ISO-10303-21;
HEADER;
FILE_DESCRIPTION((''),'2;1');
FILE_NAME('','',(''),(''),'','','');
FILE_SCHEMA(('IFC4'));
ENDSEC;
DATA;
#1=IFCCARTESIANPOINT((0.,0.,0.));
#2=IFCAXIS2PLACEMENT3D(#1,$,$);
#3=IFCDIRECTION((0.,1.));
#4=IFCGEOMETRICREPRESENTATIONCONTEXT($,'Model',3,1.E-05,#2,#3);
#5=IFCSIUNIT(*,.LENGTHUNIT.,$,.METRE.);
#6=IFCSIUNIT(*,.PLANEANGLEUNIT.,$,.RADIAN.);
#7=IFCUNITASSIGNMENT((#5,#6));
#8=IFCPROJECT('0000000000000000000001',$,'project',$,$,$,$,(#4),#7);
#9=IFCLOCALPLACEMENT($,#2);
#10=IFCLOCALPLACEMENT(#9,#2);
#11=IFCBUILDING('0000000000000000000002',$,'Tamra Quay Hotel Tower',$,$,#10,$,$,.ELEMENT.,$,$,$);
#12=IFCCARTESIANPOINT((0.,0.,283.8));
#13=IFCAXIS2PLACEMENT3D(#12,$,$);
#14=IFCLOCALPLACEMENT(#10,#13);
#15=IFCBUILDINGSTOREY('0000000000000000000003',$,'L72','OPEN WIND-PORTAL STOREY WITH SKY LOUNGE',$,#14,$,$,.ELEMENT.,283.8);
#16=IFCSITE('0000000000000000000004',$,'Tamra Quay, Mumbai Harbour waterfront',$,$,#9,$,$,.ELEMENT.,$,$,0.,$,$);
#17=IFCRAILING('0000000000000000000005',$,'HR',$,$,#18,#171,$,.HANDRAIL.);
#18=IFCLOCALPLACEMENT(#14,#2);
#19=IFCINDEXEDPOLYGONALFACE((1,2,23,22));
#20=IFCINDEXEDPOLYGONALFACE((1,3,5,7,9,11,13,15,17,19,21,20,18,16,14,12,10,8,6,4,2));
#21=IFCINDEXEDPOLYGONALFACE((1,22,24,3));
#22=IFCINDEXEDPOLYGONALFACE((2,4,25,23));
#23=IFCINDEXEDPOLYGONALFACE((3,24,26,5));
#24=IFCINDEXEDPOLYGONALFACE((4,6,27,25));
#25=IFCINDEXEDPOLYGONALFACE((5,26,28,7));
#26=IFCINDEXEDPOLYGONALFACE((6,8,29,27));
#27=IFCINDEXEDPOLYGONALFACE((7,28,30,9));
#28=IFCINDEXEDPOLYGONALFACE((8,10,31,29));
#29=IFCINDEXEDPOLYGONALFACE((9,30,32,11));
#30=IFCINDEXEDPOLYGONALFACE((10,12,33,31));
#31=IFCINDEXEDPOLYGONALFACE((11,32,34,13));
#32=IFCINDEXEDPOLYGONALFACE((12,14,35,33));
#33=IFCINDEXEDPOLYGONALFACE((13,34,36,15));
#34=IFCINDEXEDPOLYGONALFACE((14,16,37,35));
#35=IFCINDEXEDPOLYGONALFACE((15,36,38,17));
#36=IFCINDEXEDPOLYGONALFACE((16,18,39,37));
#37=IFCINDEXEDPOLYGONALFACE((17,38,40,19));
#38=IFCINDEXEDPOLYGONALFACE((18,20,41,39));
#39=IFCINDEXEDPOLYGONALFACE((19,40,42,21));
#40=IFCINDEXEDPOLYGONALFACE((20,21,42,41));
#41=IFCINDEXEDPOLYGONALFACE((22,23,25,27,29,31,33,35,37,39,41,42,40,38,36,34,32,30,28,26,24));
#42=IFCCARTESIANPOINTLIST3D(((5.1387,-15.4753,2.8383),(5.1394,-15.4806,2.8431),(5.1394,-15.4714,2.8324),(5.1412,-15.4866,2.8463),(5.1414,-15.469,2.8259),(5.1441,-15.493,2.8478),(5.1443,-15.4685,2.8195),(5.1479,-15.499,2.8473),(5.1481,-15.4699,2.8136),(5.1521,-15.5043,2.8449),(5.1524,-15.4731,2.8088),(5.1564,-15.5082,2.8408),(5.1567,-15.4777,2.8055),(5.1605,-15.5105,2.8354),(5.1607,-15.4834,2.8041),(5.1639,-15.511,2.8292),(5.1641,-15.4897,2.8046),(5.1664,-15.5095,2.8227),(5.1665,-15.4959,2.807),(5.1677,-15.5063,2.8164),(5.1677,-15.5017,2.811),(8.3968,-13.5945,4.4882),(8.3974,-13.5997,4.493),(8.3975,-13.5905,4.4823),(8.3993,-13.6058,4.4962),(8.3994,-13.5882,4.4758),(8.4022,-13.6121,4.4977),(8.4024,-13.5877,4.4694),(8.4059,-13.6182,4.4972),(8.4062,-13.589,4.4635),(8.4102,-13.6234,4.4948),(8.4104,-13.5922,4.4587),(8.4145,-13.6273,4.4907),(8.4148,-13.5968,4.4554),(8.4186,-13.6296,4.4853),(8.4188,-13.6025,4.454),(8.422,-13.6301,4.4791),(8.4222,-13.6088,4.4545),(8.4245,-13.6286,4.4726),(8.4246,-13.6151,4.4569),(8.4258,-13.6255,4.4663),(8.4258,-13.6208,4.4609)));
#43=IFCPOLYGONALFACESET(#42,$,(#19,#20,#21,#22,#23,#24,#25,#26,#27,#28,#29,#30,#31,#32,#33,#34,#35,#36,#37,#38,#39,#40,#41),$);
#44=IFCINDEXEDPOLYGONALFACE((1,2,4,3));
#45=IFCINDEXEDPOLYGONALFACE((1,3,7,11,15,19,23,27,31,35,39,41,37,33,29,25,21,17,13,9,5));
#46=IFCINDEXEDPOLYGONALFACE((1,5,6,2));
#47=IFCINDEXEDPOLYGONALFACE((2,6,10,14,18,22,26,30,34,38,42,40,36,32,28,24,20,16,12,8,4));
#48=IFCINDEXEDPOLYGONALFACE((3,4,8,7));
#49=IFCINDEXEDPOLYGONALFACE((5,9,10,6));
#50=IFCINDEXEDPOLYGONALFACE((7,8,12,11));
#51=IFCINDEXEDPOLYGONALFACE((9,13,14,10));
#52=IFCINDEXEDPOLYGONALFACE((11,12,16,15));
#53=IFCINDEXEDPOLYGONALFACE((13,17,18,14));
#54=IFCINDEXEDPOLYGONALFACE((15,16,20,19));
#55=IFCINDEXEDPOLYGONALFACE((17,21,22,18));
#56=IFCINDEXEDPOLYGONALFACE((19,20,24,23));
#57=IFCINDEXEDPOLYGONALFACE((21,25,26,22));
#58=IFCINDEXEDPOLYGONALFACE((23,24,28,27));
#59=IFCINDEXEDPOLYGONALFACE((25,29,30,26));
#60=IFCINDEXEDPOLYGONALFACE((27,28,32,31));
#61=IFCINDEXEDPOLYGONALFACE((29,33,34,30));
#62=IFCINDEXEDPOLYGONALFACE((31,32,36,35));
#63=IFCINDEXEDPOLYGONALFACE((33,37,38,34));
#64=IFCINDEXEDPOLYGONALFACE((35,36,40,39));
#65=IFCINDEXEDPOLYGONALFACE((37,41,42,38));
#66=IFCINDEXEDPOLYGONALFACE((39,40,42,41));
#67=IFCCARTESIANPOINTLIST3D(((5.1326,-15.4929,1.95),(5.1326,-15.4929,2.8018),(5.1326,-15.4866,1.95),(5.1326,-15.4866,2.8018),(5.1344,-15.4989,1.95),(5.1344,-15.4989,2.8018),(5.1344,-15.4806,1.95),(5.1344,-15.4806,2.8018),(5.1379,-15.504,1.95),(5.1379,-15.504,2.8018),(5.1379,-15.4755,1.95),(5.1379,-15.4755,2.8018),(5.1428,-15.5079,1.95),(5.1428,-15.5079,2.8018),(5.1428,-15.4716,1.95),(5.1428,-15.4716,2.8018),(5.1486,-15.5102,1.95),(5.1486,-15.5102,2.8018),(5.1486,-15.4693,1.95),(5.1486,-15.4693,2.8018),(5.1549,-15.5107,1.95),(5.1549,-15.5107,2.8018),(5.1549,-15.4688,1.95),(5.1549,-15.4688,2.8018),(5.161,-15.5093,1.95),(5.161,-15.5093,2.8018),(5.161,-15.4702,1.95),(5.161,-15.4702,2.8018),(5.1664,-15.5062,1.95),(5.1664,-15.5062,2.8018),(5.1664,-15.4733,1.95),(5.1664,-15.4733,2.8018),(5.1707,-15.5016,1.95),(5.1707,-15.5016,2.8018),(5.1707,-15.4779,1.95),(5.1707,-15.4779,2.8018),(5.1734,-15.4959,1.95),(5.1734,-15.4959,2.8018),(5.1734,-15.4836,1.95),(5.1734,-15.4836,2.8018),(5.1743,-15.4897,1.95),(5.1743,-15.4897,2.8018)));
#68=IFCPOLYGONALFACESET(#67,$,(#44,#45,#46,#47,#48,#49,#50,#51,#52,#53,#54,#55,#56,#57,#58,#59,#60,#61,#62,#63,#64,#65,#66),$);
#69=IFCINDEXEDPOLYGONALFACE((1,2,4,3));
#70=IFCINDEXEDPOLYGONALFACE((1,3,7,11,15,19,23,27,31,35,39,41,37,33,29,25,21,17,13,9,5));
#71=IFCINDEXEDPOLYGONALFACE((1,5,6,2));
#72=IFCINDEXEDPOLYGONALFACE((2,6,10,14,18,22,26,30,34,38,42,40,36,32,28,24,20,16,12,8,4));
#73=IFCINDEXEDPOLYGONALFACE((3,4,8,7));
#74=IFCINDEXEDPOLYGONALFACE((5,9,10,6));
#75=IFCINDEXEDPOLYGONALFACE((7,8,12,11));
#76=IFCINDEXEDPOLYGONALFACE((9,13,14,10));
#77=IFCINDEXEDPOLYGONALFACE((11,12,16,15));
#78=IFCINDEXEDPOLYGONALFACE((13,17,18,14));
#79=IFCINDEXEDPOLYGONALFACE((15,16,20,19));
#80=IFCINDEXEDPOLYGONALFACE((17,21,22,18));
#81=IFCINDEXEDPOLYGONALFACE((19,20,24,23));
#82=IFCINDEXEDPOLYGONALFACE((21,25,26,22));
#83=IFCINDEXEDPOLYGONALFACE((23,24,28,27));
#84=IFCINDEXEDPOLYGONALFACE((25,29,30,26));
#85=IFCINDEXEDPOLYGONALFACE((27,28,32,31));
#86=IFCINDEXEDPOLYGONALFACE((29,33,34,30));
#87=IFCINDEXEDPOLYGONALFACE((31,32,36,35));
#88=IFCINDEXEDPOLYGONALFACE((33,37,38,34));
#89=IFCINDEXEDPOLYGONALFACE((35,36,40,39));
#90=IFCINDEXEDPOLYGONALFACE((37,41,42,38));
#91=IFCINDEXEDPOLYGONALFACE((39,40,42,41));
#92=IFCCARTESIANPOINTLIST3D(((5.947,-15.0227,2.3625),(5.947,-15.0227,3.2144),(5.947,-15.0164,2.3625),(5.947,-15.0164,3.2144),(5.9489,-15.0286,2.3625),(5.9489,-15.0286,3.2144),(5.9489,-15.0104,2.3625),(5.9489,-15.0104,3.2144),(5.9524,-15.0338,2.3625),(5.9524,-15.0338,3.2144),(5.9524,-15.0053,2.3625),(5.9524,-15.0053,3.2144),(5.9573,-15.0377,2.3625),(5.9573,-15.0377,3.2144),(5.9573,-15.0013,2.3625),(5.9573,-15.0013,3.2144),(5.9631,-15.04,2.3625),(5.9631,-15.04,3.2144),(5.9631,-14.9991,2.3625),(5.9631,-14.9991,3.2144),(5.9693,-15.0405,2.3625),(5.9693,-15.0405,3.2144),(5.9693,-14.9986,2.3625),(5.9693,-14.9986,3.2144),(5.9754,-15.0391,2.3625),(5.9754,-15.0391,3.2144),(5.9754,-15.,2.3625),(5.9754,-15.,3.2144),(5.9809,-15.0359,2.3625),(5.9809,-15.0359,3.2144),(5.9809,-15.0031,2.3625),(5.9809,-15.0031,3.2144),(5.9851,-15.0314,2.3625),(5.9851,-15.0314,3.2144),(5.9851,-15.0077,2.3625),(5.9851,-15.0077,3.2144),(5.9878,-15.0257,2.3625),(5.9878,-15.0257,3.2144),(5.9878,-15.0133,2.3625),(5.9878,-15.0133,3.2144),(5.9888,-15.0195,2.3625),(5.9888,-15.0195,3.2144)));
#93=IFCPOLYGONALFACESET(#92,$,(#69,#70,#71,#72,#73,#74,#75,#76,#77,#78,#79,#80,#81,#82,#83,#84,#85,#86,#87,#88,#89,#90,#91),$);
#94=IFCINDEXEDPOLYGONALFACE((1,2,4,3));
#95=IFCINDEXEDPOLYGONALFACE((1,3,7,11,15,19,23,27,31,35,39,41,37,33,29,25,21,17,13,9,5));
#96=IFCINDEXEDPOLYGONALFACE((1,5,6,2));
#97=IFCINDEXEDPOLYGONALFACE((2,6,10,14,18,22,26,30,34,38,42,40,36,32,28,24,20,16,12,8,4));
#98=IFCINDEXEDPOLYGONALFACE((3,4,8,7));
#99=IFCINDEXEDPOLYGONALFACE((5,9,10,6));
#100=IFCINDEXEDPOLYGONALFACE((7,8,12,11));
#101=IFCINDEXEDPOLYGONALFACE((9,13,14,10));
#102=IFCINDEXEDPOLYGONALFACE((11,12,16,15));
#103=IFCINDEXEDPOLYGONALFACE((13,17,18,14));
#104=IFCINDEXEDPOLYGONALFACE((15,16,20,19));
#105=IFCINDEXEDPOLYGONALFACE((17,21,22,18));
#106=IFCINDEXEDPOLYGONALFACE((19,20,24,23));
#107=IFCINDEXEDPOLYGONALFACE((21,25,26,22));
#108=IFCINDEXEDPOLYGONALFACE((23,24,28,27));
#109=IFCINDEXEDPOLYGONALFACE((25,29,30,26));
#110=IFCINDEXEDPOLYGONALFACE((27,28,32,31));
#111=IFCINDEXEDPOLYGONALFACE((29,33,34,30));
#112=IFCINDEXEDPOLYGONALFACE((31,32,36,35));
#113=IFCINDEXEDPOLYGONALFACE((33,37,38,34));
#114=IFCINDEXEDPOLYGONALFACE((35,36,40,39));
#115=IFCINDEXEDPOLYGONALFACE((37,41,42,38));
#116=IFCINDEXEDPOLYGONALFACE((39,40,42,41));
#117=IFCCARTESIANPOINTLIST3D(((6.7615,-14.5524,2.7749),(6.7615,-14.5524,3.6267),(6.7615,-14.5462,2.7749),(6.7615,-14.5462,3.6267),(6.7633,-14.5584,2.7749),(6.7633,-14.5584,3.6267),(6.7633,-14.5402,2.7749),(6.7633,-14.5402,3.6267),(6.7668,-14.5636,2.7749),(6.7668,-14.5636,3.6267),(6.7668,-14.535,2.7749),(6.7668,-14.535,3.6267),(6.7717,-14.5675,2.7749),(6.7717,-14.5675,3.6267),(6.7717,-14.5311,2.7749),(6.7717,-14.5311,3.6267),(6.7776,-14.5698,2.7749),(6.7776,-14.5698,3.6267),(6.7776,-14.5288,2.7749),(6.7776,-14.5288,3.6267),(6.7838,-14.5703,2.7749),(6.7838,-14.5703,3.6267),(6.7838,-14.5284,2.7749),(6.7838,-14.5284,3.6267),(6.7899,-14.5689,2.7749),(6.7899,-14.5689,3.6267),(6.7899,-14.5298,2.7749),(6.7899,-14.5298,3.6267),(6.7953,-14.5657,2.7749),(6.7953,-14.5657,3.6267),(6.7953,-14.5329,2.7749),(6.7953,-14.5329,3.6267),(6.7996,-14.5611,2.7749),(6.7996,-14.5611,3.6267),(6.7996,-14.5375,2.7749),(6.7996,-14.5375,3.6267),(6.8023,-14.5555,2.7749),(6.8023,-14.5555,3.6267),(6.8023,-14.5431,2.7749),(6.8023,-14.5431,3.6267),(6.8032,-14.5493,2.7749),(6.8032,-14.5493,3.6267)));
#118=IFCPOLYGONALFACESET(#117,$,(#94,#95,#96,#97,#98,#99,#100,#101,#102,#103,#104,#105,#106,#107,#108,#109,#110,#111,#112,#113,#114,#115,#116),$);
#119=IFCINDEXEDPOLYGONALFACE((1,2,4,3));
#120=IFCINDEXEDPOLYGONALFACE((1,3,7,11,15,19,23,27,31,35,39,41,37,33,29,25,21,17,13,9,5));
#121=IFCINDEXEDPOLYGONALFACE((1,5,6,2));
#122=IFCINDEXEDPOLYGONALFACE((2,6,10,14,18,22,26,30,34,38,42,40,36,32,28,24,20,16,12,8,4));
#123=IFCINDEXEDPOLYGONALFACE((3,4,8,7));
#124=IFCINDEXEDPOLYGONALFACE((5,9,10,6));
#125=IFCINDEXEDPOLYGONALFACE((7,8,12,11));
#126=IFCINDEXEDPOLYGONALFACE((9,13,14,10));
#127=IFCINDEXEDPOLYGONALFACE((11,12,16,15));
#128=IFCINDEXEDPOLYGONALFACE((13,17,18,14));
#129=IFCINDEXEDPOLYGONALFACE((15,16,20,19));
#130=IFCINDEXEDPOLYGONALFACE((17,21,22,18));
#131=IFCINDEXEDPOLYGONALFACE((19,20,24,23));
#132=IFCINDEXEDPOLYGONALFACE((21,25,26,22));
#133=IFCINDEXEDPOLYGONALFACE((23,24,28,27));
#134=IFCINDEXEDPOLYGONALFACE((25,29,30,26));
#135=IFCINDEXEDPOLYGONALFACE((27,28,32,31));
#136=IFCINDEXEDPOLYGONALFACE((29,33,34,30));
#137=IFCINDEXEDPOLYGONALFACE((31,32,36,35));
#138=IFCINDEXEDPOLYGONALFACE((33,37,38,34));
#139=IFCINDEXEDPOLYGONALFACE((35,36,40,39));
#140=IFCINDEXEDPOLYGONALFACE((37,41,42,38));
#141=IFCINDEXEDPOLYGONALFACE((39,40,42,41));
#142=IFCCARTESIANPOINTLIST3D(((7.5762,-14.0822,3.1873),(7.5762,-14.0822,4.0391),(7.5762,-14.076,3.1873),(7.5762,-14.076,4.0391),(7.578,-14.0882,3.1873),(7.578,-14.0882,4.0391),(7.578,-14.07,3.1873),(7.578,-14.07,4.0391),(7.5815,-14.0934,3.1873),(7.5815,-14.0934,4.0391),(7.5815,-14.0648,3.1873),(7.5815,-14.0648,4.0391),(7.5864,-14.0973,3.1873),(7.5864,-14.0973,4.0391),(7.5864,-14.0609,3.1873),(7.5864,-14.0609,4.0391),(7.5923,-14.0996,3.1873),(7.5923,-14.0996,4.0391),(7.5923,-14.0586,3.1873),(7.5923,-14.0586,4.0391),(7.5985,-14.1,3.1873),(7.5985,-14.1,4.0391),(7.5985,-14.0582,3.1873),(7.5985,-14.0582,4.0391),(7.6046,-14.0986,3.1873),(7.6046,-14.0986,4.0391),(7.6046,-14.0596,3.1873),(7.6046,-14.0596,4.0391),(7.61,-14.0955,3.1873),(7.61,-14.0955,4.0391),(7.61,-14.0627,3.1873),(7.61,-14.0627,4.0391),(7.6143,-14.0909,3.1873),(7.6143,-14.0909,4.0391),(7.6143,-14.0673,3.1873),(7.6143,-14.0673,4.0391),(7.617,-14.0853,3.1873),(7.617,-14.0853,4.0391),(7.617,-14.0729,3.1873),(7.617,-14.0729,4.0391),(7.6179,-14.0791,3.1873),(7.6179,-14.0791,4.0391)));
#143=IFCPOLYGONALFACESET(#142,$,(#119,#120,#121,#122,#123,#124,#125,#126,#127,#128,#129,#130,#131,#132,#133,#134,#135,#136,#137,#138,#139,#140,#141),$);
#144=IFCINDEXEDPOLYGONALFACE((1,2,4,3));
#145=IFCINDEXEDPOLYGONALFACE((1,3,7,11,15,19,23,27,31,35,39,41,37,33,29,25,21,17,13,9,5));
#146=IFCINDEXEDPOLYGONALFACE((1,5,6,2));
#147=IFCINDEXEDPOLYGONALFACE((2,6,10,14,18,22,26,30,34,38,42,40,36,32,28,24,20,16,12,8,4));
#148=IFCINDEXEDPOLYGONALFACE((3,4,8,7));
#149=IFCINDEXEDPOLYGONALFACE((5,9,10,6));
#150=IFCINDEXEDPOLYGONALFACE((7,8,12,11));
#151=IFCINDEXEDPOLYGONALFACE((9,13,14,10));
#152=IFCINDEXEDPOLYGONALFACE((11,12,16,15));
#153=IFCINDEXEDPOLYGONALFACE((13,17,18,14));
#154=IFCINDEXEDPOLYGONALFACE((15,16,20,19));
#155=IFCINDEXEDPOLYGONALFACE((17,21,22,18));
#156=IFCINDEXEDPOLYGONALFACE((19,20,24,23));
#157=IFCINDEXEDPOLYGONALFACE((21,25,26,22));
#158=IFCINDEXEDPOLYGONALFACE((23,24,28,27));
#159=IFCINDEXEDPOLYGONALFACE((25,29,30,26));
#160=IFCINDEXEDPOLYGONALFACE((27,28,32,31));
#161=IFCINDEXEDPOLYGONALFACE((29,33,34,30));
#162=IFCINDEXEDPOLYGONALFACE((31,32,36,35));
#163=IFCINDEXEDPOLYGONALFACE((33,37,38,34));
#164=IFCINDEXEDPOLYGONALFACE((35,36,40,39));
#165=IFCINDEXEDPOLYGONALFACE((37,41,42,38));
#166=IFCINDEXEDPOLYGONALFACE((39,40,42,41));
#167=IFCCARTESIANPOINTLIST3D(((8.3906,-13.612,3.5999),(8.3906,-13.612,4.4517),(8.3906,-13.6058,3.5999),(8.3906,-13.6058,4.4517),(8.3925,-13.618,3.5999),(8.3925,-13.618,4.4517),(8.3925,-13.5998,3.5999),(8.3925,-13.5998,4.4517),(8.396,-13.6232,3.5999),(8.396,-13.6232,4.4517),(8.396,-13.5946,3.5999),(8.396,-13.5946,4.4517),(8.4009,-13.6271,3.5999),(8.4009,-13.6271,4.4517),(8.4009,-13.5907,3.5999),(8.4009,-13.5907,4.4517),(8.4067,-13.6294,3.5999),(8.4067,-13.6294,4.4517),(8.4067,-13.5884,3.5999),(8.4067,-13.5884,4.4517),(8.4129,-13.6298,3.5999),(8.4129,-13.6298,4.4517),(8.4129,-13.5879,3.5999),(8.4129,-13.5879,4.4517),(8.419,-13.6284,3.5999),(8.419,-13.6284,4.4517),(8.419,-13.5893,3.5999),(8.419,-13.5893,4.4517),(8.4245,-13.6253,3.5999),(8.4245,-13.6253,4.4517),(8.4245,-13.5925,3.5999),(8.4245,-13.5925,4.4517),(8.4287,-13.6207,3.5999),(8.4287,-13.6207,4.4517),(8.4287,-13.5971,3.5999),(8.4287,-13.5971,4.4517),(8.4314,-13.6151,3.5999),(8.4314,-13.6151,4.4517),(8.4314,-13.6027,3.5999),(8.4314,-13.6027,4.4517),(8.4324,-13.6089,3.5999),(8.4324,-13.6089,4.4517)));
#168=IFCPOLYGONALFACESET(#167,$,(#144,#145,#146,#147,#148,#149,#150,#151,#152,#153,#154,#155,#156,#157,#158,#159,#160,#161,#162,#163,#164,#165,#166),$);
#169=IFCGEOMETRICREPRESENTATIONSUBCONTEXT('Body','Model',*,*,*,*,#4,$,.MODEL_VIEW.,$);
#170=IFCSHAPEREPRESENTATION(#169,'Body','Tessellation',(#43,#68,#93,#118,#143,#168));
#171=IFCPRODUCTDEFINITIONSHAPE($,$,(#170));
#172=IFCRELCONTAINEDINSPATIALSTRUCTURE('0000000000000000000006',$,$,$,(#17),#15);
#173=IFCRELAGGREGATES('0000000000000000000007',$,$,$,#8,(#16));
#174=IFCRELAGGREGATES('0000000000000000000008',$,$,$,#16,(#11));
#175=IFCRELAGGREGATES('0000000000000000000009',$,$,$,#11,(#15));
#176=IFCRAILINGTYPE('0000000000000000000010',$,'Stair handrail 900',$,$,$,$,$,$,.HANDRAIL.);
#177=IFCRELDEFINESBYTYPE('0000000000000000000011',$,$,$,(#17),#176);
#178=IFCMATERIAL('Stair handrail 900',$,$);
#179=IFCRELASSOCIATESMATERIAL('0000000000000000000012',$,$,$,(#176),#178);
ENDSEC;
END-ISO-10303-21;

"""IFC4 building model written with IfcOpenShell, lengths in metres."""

from ifc_helpers import new_model, si_unit, direction, frame, origin, origin_2d, place, context, subcontext, project, spatial, circle, extrude, material, type_object, element, save


model = new_model("IFC4")

# Units and contexts
model_context = context("Model", 3, precision=1e-05, world=origin(), true_north=direction((0.0, 1.0)))
body_context = subcontext(model_context, "Body", "Model", "MODEL_VIEW")
ifc_project = project(units=[si_unit("LENGTHUNIT", "METRE"), si_unit("PLANEANGLEUNIT", "RADIAN")], contexts=[model_context])

# Site, building, storey
site_placement = place(None, origin())
site = spatial("IfcSite", under=ifc_project, at=site_placement, Name="Tamra Quay, Mumbai Harbour waterfront", CompositionType="ELEMENT", RefElevation=0.0)
building_placement = place(site_placement, origin())
building = spatial("IfcBuilding", under=site, at=building_placement, Name="Tamra Quay Hotel Tower", CompositionType="ELEMENT")
storey_placement = place(building_placement, frame((0.0, 0.0, 283.8)))
storey = spatial("IfcBuildingStorey", under=building, at=storey_placement, Name="L72", Description="OPEN WIND-PORTAL STOREY WITH SKY LOUNGE", CompositionType="ELEMENT", Elevation=283.8)

# Railing
ifc_material_1 = material(Name="Stair handrail 900")
railing_type_1 = type_object("IfcRailingType", Name="Stair handrail 900", PredefinedType="HANDRAIL", material=ifc_material_1)
for number, where, name in (
    (1, (5.1533, -15.4897, 1.95), "HR"),
):
    element("IfcRailing", number, at=place(storey_placement, frame(where)), inside=storey, type_object=railing_type_1, Name=name, PredefinedType="HANDRAIL", context=body_context, shape_type="SweptSolid", body=[
        extrude(circle(Radius=0.0239, at=origin_2d()), frame((0.0, 0.0, 0.876), z_axis=(0.793122, 0.457865, 0.401642), x_axis=(-0.499964, 0.866046, 0.0)), (0.0, 0.0, 1.0), 4.1079),
        extrude(circle(Radius=0.021, at=origin_2d()), origin(), (0.0, 0.0, 1.0), 0.8518),
        extrude(circle(Radius=0.021, at=origin_2d()), frame((0.8145, 0.4702, 0.4126)), (0.0, 0.0, 1.0), 0.8518),
        extrude(circle(Radius=0.021, at=origin_2d()), frame((1.6289, 0.9404, 0.825)), (0.0, 0.0, 1.0), 0.8518),
        extrude(circle(Radius=0.021, at=origin_2d()), frame((2.4436, 1.4106, 1.2373)), (0.0, 0.0, 1.0), 0.8518),
        extrude(circle(Radius=0.021, at=origin_2d()), frame((3.2581, 1.8809, 1.6499)), (0.0, 0.0, 1.0), 0.8518),
    ])

save(model, "model.ifc")
